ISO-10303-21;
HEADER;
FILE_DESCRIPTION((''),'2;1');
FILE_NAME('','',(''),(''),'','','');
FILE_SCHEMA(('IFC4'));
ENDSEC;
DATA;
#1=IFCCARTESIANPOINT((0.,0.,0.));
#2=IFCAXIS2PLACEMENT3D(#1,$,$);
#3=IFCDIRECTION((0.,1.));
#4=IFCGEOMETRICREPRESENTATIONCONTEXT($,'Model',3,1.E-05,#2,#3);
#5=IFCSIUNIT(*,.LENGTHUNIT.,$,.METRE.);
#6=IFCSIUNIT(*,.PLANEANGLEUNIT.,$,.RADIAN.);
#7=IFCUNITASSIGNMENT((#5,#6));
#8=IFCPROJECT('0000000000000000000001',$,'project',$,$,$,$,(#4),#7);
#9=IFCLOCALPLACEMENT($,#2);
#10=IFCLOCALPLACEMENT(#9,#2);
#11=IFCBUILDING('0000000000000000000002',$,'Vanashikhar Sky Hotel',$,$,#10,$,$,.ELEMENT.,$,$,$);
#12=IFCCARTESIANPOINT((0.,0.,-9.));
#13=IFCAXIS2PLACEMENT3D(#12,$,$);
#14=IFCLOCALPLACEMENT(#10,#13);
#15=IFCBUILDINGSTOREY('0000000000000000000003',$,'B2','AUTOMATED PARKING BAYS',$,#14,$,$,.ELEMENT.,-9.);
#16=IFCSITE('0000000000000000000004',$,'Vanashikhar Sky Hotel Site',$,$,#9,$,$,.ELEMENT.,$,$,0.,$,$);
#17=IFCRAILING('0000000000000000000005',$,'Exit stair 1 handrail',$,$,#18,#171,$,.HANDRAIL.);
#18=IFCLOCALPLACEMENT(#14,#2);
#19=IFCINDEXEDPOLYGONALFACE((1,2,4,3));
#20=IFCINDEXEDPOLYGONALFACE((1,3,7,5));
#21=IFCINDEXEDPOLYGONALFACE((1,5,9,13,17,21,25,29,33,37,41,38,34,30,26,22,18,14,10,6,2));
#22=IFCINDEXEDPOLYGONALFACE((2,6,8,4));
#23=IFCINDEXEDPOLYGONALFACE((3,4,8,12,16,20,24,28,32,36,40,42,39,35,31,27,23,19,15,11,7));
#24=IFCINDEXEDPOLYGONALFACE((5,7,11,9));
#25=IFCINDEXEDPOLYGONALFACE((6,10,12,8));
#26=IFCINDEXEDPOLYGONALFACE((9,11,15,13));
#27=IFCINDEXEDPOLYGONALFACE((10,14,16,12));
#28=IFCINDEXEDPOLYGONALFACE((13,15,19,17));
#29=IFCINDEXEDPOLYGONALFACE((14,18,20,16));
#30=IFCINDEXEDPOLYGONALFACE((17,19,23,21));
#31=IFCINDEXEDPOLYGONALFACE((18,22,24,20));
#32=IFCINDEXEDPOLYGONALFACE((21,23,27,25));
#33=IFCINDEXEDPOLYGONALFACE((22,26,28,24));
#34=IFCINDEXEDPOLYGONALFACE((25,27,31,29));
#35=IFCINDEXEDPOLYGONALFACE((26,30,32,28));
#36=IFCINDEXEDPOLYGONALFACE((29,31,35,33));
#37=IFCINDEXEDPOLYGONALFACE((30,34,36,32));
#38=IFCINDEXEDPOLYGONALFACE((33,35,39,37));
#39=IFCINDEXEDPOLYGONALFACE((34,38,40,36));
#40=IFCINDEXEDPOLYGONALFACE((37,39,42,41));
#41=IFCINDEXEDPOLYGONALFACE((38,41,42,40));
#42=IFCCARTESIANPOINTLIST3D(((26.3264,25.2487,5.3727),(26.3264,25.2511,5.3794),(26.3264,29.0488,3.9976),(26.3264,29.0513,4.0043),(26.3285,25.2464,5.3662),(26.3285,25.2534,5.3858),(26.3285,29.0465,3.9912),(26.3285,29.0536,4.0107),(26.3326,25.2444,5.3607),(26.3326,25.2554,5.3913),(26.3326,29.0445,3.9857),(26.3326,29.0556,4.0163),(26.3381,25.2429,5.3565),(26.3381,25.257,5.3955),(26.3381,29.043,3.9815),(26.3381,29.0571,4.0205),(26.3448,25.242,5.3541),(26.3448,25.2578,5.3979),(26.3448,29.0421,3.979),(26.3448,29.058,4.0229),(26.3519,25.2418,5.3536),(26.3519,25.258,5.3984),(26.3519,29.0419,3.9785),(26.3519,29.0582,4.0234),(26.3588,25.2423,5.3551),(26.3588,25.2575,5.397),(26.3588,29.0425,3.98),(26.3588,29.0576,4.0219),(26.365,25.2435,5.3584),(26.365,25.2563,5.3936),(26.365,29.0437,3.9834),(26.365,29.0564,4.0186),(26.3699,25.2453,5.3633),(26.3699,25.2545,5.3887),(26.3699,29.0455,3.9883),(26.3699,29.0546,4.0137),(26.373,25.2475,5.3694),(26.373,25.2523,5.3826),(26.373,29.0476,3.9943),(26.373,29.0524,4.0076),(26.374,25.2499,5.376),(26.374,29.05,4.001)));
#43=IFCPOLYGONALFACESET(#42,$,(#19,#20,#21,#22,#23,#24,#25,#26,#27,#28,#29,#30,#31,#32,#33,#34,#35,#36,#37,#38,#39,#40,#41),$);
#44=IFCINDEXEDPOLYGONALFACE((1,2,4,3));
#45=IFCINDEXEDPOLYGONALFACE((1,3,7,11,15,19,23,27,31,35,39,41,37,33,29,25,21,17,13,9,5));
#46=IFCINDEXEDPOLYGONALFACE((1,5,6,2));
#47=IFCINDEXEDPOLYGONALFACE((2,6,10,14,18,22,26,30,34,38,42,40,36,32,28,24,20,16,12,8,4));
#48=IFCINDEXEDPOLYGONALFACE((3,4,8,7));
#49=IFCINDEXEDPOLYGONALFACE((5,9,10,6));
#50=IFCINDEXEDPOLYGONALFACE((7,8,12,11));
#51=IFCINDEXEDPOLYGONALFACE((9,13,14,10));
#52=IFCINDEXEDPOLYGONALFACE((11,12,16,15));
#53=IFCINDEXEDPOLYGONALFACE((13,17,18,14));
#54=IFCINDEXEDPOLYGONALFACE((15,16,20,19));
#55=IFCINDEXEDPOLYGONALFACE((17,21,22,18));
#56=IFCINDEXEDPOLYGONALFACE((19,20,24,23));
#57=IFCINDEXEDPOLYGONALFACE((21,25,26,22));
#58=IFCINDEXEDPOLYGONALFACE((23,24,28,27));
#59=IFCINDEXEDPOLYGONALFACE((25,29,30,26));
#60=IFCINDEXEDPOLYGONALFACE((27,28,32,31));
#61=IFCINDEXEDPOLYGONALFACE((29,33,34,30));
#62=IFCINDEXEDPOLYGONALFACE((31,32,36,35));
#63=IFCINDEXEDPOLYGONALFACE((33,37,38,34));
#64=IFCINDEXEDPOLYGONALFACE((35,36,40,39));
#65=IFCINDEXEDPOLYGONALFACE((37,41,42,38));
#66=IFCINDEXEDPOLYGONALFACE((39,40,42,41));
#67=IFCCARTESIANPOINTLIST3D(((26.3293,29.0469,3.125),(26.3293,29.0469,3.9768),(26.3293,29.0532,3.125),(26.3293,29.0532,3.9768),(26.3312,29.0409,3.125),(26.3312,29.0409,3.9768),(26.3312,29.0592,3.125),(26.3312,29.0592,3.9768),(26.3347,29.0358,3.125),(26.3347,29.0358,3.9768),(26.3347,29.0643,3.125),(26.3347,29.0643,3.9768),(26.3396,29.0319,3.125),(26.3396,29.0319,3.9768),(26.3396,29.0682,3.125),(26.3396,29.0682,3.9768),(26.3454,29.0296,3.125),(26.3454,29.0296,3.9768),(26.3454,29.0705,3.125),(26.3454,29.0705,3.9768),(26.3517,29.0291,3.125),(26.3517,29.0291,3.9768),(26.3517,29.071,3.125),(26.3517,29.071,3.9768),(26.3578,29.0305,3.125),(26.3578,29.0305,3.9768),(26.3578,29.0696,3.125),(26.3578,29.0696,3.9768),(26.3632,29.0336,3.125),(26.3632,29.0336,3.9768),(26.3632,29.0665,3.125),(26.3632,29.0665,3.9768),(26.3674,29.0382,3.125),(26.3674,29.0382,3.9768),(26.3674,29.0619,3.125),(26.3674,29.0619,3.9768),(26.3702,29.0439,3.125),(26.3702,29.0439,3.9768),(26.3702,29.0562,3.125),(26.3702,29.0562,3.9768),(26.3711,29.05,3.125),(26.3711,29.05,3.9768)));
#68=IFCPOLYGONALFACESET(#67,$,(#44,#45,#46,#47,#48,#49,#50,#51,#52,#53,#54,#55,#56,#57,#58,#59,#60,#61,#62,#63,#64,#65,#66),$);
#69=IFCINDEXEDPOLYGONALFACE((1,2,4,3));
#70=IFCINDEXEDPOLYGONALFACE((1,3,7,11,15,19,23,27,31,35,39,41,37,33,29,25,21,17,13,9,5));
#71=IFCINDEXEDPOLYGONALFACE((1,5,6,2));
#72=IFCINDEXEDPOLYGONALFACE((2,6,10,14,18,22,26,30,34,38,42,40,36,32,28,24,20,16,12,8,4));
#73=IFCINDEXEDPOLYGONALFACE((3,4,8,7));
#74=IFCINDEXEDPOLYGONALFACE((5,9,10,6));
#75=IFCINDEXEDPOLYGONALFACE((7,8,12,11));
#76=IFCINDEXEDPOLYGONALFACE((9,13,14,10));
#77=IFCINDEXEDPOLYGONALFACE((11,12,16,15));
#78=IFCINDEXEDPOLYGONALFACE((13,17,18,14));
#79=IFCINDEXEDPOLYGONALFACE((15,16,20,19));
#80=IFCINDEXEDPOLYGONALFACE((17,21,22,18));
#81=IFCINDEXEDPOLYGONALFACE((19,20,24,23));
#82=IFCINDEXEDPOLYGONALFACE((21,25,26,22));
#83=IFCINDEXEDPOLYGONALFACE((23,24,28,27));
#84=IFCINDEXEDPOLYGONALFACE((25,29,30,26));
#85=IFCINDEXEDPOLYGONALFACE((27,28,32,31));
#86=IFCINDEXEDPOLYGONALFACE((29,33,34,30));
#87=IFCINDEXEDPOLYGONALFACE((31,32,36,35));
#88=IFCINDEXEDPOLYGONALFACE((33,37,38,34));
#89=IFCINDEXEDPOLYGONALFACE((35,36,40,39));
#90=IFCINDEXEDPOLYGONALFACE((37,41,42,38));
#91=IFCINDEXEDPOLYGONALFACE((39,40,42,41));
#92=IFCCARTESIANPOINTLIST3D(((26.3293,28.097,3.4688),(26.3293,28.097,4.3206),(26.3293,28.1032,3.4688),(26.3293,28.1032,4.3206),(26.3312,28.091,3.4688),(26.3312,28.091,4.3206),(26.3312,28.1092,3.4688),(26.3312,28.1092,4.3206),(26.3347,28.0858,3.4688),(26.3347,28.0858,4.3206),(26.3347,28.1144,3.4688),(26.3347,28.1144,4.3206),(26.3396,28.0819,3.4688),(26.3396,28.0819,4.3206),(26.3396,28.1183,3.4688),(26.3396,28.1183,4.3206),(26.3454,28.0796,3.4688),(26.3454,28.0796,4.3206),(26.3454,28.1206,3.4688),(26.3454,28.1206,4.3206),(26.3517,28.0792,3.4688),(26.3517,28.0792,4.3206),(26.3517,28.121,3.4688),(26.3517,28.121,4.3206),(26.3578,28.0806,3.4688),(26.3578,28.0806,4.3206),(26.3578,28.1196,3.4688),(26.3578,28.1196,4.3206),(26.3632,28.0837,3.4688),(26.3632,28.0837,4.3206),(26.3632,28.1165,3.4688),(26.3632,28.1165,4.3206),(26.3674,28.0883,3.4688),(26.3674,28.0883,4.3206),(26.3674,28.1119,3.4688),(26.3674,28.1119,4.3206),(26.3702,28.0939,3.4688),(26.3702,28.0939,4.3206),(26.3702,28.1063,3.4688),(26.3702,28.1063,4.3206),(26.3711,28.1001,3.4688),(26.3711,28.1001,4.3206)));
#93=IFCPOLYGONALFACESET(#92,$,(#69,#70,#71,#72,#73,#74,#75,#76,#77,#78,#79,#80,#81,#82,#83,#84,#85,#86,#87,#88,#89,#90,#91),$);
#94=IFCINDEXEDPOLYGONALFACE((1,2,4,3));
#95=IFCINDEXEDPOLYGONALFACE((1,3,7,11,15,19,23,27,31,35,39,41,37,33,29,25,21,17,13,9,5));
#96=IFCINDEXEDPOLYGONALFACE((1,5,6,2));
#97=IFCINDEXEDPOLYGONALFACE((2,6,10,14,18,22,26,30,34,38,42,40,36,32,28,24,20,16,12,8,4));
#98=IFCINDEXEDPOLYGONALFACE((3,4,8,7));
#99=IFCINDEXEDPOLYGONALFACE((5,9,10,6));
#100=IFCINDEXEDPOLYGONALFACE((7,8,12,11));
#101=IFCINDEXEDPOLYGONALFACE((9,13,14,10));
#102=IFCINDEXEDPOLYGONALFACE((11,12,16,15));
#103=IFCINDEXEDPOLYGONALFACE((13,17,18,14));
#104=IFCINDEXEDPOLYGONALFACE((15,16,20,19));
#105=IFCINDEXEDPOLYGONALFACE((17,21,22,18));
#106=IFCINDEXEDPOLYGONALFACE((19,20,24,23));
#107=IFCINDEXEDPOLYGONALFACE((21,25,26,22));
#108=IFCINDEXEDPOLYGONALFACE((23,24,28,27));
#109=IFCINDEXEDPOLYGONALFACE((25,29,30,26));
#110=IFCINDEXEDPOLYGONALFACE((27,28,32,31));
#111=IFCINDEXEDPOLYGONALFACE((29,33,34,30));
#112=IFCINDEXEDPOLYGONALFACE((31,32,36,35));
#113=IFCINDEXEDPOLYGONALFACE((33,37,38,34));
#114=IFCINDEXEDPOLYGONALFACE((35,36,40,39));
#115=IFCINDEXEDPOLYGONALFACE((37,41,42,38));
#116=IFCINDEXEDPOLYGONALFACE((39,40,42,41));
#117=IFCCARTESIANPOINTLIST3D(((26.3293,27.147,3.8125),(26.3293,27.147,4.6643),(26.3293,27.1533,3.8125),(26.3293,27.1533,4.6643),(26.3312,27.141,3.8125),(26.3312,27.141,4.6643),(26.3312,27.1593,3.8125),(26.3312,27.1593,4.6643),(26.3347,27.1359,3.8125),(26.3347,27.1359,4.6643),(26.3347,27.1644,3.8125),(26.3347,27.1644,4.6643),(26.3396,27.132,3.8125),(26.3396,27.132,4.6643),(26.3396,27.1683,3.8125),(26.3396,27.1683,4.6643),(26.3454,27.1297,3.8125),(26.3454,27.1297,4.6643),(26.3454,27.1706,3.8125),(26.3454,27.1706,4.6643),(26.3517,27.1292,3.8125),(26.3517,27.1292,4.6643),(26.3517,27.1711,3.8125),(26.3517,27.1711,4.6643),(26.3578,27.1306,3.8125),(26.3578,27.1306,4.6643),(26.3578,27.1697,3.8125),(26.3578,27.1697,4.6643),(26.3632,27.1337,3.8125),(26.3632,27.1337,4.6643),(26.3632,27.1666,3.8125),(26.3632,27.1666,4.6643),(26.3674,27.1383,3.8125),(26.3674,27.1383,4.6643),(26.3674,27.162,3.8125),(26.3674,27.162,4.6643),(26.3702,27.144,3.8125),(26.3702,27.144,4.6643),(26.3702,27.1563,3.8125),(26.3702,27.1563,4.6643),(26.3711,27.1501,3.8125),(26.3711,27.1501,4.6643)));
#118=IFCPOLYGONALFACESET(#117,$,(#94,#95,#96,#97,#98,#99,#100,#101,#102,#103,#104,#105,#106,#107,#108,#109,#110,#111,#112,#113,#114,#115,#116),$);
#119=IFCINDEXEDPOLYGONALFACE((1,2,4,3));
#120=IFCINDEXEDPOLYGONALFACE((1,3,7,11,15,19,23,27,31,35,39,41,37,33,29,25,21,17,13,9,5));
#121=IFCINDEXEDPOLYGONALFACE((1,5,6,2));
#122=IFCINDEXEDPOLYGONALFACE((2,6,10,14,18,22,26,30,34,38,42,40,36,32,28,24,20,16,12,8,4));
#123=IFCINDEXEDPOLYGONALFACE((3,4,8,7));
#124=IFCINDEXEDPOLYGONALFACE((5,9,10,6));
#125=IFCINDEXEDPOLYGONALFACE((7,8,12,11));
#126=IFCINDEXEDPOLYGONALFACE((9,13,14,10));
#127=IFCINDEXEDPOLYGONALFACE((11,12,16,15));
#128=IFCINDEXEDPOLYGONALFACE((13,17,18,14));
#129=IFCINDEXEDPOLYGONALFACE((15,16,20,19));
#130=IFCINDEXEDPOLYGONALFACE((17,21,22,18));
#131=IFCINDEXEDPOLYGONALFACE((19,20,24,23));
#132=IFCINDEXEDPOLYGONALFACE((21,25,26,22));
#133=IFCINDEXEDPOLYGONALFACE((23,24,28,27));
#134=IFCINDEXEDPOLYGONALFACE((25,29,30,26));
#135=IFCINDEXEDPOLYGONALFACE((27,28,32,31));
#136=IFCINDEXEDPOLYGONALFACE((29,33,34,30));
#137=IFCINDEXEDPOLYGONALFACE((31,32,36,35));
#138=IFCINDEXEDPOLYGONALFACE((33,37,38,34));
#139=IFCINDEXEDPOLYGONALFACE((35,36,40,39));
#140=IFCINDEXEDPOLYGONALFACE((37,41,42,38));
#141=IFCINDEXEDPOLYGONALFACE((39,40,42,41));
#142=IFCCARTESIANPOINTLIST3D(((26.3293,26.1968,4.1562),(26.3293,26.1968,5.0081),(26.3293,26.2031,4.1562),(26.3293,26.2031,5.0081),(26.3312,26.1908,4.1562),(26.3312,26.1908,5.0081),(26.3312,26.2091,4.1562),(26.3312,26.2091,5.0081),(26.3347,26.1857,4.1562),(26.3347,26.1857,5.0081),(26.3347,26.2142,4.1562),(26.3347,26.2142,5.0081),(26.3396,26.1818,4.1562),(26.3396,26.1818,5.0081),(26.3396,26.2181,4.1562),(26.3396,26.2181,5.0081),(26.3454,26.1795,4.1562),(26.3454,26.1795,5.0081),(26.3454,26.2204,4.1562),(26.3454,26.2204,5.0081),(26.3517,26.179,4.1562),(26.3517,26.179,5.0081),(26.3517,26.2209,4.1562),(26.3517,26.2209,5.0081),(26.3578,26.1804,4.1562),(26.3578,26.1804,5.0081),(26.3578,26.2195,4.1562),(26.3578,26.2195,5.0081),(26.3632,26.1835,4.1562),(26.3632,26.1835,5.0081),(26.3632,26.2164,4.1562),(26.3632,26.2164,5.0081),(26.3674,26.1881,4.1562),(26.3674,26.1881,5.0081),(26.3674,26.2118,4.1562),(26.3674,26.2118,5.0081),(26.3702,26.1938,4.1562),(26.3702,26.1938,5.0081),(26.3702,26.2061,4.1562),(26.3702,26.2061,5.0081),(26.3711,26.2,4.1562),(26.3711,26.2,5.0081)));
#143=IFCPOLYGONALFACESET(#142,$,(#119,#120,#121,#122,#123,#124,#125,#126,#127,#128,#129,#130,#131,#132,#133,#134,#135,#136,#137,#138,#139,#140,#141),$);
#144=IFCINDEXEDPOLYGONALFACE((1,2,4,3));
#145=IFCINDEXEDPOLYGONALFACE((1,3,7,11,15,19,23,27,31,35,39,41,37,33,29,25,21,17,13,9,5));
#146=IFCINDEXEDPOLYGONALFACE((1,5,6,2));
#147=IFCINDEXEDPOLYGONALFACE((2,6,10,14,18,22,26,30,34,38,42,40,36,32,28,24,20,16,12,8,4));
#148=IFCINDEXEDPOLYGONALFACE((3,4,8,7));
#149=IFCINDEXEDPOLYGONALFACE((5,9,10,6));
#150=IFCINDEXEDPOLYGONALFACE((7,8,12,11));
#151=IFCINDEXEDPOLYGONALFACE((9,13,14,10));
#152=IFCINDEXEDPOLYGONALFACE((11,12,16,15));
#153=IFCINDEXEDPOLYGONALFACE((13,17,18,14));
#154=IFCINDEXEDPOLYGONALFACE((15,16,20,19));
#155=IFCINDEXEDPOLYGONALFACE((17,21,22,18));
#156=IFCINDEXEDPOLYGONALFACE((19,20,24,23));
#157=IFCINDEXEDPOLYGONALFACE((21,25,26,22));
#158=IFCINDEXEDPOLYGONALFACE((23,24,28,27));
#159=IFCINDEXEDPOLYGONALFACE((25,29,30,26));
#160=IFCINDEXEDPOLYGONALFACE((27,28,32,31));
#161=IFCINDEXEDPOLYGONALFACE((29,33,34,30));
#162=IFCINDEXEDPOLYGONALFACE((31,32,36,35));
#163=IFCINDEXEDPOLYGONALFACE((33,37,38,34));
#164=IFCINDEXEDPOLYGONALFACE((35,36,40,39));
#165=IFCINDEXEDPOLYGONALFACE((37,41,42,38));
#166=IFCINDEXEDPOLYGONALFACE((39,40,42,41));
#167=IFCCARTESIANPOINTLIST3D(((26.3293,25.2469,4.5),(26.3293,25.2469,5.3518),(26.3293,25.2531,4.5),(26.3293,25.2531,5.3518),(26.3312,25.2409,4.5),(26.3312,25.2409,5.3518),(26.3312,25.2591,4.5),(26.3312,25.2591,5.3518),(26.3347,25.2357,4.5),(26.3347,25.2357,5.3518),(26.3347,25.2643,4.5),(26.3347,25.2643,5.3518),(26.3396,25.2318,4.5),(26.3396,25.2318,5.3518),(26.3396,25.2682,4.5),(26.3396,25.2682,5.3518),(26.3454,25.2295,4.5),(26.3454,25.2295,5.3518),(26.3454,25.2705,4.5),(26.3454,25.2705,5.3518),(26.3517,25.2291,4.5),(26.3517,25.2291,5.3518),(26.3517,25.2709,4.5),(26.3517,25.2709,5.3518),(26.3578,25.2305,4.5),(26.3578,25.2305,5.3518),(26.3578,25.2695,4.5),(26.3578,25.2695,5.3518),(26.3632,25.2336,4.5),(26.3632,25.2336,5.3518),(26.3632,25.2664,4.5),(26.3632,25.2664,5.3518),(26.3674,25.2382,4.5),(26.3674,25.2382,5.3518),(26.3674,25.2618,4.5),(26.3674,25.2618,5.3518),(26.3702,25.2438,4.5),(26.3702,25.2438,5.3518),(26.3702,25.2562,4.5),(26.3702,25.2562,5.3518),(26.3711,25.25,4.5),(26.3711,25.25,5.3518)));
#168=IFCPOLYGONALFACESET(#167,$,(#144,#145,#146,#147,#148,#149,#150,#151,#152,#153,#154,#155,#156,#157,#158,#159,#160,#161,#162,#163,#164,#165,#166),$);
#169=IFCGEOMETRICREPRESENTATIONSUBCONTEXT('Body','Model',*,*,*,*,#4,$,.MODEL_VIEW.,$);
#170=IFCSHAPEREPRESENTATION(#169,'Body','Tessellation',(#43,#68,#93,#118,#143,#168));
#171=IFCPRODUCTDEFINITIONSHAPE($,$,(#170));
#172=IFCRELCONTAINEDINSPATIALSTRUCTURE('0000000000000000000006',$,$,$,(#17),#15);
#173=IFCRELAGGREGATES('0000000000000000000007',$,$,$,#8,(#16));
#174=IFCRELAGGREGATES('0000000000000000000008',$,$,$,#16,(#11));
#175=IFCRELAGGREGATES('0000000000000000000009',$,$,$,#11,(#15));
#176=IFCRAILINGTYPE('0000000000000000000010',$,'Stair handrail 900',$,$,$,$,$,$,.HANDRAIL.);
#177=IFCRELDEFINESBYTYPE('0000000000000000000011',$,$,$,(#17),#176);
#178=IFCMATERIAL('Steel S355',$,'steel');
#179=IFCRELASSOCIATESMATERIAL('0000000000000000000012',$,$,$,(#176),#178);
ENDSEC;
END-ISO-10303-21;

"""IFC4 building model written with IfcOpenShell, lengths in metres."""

from ifc_helpers import new_model, si_unit, direction, frame, origin, origin_2d, place, context, subcontext, project, spatial, circle, extrude, source, transform, mapped, material, type_object, element, save


model = new_model("IFC4")

# Units and contexts
model_context = context("Model", 3, precision=1e-05, world=origin(), true_north=direction((0.0, 1.0)))
body_context = subcontext(model_context, "Body", "Model", "MODEL_VIEW")
ifc_project = project(units=[si_unit("LENGTHUNIT", "METRE"), si_unit("PLANEANGLEUNIT", "RADIAN")], contexts=[model_context])

# Site, building, storey
site_placement = place(None, origin())
site = spatial("IfcSite", under=ifc_project, at=site_placement, Name="Vanashikhar Sky Hotel Site", CompositionType="ELEMENT", RefElevation=0.0)
building_placement = place(site_placement, origin())
building = spatial("IfcBuilding", under=site, at=building_placement, Name="Vanashikhar Sky Hotel", CompositionType="ELEMENT")
storey_placement = place(building_placement, frame((0.0, 0.0, -9.0)))
storey = spatial("IfcBuildingStorey", under=building, at=storey_placement, Name="B2", Description="AUTOMATED PARKING BAYS", CompositionType="ELEMENT", Elevation=-9.0)

# Railing
ifc_material_1 = material(Name="Steel S355", Category="steel")
railing_type_1 = type_object("IfcRailingType", Name="Stair handrail 900", PredefinedType="HANDRAIL", material=ifc_material_1)
shared_shape_1 = source(origin(), body_context, "Body", "SweptSolid", [
    extrude(circle(Radius=0.0239, at=origin_2d()), frame((0.0, 0.0, 0.876), z_axis=(0.0, -0.940336, 0.340249), x_axis=(1.0, 0.0, 0.0)), (0.0, 0.0, 1.0), 4.0413),
    extrude(circle(Radius=0.021, at=origin_2d()), origin(), (0.0, 0.0, 1.0), 0.8518),
    extrude(circle(Radius=0.021, at=origin_2d()), frame((0.0, -0.95, 0.3438)), (0.0, 0.0, 1.0), 0.8518),
    extrude(circle(Radius=0.021, at=origin_2d()), frame((0.0, -1.8999, 0.6875)), (0.0, 0.0, 1.0), 0.8518),
    extrude(circle(Radius=0.021, at=origin_2d()), frame((0.0, -2.8501, 1.0312)), (0.0, 0.0, 1.0), 0.8518),
    extrude(circle(Radius=0.021, at=origin_2d()), frame((0.0, -3.8, 1.375)), (0.0, 0.0, 1.0), 0.8518),
])
for number, where, name in (
    (1, (26.3501, 29.05, 3.125), "Exit stair 1 handrail"),
):
    element("IfcRailing", number, at=place(storey_placement, frame(where)), inside=storey, type_object=railing_type_1, Name=name, PredefinedType="HANDRAIL", context=body_context, shape_type="MappedRepresentation", body=[
        mapped(shared_shape_1, transform((0.0, 0.0, 0.0), scale=1.0)),
    ])

save(model, "model.ifc")
